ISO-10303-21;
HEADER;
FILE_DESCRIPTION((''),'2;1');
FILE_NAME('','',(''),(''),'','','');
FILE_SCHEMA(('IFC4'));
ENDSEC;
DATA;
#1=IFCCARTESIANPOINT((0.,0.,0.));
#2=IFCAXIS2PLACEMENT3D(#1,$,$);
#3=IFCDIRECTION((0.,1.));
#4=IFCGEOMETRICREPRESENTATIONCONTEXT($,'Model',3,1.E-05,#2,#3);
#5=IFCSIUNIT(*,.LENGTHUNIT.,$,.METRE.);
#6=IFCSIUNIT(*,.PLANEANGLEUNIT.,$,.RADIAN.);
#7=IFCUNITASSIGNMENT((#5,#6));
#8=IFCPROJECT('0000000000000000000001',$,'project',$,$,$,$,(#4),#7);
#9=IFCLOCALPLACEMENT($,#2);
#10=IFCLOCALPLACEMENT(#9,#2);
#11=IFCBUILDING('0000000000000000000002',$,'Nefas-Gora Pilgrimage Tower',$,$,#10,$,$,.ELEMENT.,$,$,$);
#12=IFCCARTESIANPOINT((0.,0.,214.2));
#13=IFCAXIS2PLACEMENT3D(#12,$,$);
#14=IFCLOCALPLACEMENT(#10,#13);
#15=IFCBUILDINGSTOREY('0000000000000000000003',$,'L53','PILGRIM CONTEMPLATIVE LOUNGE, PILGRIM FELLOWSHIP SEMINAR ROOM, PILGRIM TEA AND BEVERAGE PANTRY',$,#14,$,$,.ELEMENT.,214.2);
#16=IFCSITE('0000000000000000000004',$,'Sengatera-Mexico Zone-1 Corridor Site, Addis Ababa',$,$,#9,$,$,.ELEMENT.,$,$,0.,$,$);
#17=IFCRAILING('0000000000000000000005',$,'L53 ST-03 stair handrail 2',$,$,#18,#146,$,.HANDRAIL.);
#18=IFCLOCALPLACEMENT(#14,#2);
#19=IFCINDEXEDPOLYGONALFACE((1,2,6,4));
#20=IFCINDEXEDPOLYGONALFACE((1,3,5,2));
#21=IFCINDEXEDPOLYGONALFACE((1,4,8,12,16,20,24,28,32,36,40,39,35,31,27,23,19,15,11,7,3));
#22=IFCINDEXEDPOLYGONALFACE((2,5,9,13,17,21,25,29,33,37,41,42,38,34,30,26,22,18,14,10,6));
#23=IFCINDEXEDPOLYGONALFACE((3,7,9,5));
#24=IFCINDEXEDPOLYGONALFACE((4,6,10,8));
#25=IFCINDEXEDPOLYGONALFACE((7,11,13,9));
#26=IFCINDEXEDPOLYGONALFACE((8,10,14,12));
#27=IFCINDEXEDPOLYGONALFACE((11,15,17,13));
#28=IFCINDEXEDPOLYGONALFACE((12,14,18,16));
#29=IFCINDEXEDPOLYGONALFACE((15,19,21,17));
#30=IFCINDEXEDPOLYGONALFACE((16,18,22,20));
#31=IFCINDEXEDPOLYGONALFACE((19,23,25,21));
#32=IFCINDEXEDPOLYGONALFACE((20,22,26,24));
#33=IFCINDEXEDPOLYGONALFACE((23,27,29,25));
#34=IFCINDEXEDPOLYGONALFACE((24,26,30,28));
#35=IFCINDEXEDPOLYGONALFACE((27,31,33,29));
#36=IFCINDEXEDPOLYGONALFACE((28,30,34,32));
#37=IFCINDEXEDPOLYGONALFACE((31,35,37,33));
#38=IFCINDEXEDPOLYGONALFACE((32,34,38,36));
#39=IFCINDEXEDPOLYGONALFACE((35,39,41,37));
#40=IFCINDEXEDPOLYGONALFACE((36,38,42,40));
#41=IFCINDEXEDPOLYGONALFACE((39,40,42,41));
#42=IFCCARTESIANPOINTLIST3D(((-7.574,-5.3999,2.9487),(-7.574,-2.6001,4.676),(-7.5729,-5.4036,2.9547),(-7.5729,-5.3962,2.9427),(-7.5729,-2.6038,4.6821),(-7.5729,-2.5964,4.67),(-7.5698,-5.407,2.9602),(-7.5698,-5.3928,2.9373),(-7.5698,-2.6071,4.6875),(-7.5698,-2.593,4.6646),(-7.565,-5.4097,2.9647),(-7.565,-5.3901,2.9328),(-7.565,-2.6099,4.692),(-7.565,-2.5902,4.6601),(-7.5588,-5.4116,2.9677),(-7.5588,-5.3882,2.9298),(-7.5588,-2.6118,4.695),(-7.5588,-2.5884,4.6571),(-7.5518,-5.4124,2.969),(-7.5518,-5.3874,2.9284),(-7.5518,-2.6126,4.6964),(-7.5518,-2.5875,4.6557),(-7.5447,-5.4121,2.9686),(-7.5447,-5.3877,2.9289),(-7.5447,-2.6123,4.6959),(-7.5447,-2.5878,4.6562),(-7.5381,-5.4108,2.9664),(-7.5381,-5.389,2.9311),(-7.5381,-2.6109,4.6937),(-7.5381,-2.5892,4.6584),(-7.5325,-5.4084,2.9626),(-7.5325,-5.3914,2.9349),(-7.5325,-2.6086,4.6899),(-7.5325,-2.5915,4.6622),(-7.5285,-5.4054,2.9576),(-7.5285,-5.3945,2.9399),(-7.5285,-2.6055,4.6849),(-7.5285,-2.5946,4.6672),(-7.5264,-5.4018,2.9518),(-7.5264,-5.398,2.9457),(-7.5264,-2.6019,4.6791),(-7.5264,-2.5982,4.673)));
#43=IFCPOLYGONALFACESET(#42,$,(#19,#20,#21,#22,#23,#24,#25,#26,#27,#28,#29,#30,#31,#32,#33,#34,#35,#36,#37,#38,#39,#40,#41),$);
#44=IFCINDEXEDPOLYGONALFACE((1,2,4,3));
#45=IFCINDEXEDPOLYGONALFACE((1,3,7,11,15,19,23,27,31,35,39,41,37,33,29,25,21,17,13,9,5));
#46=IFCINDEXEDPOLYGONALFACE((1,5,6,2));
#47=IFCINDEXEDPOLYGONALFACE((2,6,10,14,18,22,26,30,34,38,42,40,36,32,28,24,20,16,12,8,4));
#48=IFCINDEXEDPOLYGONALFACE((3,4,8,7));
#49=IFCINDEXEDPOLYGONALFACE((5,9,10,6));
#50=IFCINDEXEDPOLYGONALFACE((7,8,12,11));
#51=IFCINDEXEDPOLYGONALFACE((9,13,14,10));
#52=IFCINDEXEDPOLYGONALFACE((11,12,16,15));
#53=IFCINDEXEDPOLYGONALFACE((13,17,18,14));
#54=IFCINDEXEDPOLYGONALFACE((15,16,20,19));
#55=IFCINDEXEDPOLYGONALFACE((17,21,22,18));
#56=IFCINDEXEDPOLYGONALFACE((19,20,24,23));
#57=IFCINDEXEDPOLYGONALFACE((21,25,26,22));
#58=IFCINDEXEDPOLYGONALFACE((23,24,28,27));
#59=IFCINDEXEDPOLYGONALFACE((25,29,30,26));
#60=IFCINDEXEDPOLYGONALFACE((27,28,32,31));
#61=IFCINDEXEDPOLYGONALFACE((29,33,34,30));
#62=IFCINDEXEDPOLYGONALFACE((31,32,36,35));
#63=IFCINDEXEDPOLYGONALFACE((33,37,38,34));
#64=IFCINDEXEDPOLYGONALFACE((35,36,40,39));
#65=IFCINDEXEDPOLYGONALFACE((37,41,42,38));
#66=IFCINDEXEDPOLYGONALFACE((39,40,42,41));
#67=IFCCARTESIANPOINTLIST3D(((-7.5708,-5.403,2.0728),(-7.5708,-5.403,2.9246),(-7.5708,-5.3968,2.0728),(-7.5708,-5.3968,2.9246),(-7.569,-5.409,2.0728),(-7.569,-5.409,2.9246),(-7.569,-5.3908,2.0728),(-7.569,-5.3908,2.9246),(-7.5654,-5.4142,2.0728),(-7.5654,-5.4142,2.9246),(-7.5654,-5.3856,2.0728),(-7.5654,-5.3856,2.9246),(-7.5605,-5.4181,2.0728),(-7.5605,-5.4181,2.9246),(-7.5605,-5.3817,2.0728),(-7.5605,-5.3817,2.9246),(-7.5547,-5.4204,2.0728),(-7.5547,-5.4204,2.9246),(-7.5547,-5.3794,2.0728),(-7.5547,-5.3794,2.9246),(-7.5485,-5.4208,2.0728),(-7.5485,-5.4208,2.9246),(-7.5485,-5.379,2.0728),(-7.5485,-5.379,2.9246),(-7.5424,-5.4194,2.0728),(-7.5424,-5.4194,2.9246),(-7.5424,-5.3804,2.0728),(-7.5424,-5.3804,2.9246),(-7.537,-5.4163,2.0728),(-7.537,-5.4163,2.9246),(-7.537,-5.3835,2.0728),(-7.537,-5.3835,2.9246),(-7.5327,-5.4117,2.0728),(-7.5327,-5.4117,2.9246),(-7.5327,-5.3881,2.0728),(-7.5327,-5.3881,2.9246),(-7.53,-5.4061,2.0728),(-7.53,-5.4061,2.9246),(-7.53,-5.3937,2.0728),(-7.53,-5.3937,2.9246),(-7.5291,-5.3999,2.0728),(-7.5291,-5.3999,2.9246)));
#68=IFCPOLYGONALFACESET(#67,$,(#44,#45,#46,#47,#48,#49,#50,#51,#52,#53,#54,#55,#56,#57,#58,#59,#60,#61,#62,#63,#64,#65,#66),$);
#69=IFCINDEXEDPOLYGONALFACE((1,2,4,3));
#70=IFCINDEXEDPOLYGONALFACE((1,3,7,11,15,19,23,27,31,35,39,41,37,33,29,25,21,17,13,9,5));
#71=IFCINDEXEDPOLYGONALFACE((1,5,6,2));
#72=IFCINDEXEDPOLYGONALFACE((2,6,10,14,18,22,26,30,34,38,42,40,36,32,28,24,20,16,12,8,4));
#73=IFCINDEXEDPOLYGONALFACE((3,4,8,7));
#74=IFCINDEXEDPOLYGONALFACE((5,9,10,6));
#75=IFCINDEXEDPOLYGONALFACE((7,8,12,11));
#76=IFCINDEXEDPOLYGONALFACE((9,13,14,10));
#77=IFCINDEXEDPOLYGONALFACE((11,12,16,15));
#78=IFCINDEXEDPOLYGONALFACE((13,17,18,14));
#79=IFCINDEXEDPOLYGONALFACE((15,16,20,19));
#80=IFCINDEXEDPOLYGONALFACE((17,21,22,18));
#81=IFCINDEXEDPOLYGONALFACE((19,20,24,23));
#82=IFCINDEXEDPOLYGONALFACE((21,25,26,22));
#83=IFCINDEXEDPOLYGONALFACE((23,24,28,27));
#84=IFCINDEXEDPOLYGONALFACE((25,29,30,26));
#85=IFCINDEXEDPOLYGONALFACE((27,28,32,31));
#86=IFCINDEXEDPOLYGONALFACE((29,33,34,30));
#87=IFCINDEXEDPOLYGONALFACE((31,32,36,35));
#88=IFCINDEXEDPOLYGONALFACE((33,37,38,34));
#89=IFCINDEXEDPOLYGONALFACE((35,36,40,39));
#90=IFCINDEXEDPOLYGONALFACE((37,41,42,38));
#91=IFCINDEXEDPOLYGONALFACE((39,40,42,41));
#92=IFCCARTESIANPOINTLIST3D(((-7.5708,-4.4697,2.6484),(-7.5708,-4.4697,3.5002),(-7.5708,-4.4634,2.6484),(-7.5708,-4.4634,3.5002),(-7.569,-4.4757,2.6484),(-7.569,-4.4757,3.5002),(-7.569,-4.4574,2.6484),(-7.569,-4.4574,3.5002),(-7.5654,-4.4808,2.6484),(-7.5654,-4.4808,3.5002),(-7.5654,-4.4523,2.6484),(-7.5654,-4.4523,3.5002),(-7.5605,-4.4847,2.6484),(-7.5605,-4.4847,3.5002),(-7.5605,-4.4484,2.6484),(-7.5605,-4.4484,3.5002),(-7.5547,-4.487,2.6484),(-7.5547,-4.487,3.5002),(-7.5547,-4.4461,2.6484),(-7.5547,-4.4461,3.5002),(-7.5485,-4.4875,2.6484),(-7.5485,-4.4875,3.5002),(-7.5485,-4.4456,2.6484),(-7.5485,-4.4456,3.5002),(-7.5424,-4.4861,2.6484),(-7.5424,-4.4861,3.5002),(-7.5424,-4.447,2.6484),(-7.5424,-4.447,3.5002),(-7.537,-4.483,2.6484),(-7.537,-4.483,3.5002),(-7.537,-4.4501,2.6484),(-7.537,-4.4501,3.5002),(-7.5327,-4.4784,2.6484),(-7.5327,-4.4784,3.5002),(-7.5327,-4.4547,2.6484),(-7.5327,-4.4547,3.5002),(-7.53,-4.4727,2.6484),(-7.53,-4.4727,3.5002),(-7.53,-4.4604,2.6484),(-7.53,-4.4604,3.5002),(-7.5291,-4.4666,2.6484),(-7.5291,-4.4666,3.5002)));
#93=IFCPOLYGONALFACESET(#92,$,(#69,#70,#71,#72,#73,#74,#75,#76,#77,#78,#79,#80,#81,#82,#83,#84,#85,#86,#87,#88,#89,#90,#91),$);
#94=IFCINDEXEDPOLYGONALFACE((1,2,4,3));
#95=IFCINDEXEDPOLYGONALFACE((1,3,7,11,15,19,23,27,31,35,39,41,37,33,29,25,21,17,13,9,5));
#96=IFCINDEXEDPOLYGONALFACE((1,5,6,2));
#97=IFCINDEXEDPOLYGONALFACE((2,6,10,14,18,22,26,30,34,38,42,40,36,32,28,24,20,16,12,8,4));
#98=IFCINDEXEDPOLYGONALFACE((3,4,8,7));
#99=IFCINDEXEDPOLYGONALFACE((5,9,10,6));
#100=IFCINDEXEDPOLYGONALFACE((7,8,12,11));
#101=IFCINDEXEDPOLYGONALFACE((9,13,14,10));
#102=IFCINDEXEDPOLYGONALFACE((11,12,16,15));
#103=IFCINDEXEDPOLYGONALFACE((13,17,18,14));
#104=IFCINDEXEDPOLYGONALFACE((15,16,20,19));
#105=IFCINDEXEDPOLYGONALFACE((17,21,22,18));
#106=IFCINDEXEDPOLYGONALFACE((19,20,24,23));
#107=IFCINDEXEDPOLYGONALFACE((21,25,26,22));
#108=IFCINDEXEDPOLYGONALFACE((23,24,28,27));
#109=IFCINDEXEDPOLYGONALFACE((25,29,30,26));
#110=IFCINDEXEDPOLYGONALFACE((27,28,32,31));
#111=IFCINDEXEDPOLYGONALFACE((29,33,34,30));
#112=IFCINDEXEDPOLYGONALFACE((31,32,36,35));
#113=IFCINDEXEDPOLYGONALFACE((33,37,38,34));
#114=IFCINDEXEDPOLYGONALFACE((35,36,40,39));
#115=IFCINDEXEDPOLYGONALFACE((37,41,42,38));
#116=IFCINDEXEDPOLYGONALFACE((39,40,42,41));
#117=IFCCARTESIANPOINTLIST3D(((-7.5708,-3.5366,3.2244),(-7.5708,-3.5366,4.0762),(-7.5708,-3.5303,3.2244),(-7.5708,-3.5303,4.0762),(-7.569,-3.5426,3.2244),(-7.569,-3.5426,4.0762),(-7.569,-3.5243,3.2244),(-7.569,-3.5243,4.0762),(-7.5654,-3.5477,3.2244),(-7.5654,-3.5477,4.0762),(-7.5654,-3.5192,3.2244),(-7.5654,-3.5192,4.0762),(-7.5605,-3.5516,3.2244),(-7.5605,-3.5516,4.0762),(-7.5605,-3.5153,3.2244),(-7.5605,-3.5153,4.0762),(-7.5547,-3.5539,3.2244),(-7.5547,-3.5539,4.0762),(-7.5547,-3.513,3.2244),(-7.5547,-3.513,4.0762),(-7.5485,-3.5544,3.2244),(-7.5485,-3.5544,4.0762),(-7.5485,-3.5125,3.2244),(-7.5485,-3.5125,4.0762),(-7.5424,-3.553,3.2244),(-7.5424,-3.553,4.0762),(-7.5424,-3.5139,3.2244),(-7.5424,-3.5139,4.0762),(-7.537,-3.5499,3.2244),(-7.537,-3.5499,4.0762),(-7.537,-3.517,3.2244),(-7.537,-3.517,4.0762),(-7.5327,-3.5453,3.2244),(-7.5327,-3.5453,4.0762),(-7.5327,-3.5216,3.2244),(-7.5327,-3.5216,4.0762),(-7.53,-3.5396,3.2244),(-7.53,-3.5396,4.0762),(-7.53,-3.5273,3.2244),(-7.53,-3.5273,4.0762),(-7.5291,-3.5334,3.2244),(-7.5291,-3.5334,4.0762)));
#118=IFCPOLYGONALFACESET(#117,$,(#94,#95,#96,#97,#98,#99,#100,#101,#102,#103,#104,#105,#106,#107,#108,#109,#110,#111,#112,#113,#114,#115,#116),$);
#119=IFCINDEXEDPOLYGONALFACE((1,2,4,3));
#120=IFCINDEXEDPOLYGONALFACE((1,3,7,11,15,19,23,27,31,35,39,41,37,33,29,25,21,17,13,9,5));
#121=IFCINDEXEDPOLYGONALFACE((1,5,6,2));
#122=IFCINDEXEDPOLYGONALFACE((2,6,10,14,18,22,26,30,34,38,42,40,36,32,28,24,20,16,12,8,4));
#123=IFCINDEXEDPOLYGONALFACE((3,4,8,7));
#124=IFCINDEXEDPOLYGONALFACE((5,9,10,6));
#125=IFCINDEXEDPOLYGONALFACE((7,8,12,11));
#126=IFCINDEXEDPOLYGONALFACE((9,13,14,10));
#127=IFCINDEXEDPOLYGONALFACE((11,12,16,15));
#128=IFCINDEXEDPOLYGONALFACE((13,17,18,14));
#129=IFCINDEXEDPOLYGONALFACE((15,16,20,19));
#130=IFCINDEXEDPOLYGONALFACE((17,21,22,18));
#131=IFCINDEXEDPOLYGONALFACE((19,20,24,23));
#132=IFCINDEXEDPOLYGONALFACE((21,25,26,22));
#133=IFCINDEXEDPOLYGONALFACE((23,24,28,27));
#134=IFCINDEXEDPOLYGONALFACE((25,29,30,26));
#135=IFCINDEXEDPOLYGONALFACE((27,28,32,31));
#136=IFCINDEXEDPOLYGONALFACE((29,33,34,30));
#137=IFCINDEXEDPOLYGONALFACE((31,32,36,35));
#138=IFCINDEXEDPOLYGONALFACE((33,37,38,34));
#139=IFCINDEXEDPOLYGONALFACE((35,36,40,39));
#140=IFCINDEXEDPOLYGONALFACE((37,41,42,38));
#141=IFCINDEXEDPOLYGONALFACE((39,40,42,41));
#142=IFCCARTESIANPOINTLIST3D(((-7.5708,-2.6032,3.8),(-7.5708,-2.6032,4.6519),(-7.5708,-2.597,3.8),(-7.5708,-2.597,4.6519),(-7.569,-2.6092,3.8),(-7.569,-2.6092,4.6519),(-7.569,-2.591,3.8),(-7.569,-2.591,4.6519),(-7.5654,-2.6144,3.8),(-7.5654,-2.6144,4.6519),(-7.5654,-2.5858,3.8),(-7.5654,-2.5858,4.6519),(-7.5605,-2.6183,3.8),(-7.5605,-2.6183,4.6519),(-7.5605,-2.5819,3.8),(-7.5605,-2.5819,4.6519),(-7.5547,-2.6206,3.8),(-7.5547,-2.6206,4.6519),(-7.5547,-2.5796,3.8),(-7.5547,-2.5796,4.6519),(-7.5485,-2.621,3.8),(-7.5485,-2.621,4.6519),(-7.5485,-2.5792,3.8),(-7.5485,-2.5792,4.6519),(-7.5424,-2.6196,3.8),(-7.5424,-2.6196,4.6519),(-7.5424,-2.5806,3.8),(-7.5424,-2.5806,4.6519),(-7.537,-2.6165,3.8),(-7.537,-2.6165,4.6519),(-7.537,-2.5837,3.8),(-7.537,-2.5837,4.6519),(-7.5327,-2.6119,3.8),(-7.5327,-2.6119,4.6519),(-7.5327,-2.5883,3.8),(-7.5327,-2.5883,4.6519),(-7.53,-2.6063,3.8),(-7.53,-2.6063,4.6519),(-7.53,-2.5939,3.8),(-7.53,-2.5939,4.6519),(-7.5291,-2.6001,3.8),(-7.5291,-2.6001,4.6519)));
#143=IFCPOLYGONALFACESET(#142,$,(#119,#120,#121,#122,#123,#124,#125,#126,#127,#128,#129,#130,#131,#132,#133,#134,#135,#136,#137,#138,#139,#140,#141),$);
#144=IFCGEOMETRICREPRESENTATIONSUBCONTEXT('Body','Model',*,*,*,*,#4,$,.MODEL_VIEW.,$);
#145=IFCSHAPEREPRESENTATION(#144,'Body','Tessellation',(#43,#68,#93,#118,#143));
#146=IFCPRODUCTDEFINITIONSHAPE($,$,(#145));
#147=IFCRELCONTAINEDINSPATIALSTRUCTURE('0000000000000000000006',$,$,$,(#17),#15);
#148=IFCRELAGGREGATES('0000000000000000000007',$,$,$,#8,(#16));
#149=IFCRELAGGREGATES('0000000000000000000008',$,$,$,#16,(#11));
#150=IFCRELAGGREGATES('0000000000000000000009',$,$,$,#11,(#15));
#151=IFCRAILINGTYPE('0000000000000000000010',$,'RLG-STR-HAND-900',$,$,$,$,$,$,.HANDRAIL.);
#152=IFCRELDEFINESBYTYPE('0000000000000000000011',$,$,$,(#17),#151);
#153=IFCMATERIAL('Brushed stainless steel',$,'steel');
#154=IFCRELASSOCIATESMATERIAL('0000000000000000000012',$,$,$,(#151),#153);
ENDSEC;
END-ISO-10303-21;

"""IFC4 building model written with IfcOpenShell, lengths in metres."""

from ifc_helpers import new_model, si_unit, direction, frame, origin, origin_2d, place, context, subcontext, project, spatial, circle, extrude, material, type_object, element, save


model = new_model("IFC4")

# Units and contexts
model_context = context("Model", 3, precision=1e-05, world=origin(), true_north=direction((0.0, 1.0)))
body_context = subcontext(model_context, "Body", "Model", "MODEL_VIEW")
ifc_project = project(units=[si_unit("LENGTHUNIT", "METRE"), si_unit("PLANEANGLEUNIT", "RADIAN")], contexts=[model_context])

# Site, building, storey
site_placement = place(None, origin())
site = spatial("IfcSite", under=ifc_project, at=site_placement, Name="Sengatera-Mexico Zone-1 Corridor Site, Addis Ababa", CompositionType="ELEMENT", RefElevation=0.0)
building_placement = place(site_placement, origin())
building = spatial("IfcBuilding", under=site, at=building_placement, Name="Nefas-Gora Pilgrimage Tower", CompositionType="ELEMENT")
storey_placement = place(building_placement, frame((0.0, 0.0, 214.2)))
storey = spatial("IfcBuildingStorey", under=building, at=storey_placement, Name="L53", Description="PILGRIM CONTEMPLATIVE LOUNGE, PILGRIM FELLOWSHIP SEMINAR ROOM, PILGRIM TEA AND BEVERAGE PANTRY", CompositionType="ELEMENT", Elevation=214.2)

# Railing
ifc_material_1 = material(Name="Brushed stainless steel", Category="steel")
railing_type_1 = type_object("IfcRailingType", Name="RLG-STR-HAND-900", PredefinedType="HANDRAIL", material=ifc_material_1)
railing_1_placement = place(storey_placement, frame((-7.55, -5.3999, 2.0728)))
element("IfcRailing", 1, at=railing_1_placement, inside=storey, type_object=railing_type_1, Name="L53 ST-03 stair handrail 2", PredefinedType="HANDRAIL", context=body_context, shape_type="SweptSolid", body=[
    extrude(circle(Radius=0.0239, at=origin_2d()), frame((0.0, 0.0, 0.876), z_axis=(0.0, 0.851069, 0.525054), x_axis=(-1.0, 0.0, 0.0)), (0.0, 0.0, 1.0), 3.2898),
    extrude(circle(Radius=0.021, at=origin_2d()), origin(), (0.0, 0.0, 1.0), 0.8518),
    extrude(circle(Radius=0.021, at=origin_2d()), frame((0.0, 0.9333, 0.5757)), (0.0, 0.0, 1.0), 0.8518),
    extrude(circle(Radius=0.021, at=origin_2d()), frame((0.0, 1.8665, 1.1516)), (0.0, 0.0, 1.0), 0.8518),
    extrude(circle(Radius=0.021, at=origin_2d()), frame((0.0, 2.7998, 1.7273)), (0.0, 0.0, 1.0), 0.8518),
])

save(model, "model.ifc")
